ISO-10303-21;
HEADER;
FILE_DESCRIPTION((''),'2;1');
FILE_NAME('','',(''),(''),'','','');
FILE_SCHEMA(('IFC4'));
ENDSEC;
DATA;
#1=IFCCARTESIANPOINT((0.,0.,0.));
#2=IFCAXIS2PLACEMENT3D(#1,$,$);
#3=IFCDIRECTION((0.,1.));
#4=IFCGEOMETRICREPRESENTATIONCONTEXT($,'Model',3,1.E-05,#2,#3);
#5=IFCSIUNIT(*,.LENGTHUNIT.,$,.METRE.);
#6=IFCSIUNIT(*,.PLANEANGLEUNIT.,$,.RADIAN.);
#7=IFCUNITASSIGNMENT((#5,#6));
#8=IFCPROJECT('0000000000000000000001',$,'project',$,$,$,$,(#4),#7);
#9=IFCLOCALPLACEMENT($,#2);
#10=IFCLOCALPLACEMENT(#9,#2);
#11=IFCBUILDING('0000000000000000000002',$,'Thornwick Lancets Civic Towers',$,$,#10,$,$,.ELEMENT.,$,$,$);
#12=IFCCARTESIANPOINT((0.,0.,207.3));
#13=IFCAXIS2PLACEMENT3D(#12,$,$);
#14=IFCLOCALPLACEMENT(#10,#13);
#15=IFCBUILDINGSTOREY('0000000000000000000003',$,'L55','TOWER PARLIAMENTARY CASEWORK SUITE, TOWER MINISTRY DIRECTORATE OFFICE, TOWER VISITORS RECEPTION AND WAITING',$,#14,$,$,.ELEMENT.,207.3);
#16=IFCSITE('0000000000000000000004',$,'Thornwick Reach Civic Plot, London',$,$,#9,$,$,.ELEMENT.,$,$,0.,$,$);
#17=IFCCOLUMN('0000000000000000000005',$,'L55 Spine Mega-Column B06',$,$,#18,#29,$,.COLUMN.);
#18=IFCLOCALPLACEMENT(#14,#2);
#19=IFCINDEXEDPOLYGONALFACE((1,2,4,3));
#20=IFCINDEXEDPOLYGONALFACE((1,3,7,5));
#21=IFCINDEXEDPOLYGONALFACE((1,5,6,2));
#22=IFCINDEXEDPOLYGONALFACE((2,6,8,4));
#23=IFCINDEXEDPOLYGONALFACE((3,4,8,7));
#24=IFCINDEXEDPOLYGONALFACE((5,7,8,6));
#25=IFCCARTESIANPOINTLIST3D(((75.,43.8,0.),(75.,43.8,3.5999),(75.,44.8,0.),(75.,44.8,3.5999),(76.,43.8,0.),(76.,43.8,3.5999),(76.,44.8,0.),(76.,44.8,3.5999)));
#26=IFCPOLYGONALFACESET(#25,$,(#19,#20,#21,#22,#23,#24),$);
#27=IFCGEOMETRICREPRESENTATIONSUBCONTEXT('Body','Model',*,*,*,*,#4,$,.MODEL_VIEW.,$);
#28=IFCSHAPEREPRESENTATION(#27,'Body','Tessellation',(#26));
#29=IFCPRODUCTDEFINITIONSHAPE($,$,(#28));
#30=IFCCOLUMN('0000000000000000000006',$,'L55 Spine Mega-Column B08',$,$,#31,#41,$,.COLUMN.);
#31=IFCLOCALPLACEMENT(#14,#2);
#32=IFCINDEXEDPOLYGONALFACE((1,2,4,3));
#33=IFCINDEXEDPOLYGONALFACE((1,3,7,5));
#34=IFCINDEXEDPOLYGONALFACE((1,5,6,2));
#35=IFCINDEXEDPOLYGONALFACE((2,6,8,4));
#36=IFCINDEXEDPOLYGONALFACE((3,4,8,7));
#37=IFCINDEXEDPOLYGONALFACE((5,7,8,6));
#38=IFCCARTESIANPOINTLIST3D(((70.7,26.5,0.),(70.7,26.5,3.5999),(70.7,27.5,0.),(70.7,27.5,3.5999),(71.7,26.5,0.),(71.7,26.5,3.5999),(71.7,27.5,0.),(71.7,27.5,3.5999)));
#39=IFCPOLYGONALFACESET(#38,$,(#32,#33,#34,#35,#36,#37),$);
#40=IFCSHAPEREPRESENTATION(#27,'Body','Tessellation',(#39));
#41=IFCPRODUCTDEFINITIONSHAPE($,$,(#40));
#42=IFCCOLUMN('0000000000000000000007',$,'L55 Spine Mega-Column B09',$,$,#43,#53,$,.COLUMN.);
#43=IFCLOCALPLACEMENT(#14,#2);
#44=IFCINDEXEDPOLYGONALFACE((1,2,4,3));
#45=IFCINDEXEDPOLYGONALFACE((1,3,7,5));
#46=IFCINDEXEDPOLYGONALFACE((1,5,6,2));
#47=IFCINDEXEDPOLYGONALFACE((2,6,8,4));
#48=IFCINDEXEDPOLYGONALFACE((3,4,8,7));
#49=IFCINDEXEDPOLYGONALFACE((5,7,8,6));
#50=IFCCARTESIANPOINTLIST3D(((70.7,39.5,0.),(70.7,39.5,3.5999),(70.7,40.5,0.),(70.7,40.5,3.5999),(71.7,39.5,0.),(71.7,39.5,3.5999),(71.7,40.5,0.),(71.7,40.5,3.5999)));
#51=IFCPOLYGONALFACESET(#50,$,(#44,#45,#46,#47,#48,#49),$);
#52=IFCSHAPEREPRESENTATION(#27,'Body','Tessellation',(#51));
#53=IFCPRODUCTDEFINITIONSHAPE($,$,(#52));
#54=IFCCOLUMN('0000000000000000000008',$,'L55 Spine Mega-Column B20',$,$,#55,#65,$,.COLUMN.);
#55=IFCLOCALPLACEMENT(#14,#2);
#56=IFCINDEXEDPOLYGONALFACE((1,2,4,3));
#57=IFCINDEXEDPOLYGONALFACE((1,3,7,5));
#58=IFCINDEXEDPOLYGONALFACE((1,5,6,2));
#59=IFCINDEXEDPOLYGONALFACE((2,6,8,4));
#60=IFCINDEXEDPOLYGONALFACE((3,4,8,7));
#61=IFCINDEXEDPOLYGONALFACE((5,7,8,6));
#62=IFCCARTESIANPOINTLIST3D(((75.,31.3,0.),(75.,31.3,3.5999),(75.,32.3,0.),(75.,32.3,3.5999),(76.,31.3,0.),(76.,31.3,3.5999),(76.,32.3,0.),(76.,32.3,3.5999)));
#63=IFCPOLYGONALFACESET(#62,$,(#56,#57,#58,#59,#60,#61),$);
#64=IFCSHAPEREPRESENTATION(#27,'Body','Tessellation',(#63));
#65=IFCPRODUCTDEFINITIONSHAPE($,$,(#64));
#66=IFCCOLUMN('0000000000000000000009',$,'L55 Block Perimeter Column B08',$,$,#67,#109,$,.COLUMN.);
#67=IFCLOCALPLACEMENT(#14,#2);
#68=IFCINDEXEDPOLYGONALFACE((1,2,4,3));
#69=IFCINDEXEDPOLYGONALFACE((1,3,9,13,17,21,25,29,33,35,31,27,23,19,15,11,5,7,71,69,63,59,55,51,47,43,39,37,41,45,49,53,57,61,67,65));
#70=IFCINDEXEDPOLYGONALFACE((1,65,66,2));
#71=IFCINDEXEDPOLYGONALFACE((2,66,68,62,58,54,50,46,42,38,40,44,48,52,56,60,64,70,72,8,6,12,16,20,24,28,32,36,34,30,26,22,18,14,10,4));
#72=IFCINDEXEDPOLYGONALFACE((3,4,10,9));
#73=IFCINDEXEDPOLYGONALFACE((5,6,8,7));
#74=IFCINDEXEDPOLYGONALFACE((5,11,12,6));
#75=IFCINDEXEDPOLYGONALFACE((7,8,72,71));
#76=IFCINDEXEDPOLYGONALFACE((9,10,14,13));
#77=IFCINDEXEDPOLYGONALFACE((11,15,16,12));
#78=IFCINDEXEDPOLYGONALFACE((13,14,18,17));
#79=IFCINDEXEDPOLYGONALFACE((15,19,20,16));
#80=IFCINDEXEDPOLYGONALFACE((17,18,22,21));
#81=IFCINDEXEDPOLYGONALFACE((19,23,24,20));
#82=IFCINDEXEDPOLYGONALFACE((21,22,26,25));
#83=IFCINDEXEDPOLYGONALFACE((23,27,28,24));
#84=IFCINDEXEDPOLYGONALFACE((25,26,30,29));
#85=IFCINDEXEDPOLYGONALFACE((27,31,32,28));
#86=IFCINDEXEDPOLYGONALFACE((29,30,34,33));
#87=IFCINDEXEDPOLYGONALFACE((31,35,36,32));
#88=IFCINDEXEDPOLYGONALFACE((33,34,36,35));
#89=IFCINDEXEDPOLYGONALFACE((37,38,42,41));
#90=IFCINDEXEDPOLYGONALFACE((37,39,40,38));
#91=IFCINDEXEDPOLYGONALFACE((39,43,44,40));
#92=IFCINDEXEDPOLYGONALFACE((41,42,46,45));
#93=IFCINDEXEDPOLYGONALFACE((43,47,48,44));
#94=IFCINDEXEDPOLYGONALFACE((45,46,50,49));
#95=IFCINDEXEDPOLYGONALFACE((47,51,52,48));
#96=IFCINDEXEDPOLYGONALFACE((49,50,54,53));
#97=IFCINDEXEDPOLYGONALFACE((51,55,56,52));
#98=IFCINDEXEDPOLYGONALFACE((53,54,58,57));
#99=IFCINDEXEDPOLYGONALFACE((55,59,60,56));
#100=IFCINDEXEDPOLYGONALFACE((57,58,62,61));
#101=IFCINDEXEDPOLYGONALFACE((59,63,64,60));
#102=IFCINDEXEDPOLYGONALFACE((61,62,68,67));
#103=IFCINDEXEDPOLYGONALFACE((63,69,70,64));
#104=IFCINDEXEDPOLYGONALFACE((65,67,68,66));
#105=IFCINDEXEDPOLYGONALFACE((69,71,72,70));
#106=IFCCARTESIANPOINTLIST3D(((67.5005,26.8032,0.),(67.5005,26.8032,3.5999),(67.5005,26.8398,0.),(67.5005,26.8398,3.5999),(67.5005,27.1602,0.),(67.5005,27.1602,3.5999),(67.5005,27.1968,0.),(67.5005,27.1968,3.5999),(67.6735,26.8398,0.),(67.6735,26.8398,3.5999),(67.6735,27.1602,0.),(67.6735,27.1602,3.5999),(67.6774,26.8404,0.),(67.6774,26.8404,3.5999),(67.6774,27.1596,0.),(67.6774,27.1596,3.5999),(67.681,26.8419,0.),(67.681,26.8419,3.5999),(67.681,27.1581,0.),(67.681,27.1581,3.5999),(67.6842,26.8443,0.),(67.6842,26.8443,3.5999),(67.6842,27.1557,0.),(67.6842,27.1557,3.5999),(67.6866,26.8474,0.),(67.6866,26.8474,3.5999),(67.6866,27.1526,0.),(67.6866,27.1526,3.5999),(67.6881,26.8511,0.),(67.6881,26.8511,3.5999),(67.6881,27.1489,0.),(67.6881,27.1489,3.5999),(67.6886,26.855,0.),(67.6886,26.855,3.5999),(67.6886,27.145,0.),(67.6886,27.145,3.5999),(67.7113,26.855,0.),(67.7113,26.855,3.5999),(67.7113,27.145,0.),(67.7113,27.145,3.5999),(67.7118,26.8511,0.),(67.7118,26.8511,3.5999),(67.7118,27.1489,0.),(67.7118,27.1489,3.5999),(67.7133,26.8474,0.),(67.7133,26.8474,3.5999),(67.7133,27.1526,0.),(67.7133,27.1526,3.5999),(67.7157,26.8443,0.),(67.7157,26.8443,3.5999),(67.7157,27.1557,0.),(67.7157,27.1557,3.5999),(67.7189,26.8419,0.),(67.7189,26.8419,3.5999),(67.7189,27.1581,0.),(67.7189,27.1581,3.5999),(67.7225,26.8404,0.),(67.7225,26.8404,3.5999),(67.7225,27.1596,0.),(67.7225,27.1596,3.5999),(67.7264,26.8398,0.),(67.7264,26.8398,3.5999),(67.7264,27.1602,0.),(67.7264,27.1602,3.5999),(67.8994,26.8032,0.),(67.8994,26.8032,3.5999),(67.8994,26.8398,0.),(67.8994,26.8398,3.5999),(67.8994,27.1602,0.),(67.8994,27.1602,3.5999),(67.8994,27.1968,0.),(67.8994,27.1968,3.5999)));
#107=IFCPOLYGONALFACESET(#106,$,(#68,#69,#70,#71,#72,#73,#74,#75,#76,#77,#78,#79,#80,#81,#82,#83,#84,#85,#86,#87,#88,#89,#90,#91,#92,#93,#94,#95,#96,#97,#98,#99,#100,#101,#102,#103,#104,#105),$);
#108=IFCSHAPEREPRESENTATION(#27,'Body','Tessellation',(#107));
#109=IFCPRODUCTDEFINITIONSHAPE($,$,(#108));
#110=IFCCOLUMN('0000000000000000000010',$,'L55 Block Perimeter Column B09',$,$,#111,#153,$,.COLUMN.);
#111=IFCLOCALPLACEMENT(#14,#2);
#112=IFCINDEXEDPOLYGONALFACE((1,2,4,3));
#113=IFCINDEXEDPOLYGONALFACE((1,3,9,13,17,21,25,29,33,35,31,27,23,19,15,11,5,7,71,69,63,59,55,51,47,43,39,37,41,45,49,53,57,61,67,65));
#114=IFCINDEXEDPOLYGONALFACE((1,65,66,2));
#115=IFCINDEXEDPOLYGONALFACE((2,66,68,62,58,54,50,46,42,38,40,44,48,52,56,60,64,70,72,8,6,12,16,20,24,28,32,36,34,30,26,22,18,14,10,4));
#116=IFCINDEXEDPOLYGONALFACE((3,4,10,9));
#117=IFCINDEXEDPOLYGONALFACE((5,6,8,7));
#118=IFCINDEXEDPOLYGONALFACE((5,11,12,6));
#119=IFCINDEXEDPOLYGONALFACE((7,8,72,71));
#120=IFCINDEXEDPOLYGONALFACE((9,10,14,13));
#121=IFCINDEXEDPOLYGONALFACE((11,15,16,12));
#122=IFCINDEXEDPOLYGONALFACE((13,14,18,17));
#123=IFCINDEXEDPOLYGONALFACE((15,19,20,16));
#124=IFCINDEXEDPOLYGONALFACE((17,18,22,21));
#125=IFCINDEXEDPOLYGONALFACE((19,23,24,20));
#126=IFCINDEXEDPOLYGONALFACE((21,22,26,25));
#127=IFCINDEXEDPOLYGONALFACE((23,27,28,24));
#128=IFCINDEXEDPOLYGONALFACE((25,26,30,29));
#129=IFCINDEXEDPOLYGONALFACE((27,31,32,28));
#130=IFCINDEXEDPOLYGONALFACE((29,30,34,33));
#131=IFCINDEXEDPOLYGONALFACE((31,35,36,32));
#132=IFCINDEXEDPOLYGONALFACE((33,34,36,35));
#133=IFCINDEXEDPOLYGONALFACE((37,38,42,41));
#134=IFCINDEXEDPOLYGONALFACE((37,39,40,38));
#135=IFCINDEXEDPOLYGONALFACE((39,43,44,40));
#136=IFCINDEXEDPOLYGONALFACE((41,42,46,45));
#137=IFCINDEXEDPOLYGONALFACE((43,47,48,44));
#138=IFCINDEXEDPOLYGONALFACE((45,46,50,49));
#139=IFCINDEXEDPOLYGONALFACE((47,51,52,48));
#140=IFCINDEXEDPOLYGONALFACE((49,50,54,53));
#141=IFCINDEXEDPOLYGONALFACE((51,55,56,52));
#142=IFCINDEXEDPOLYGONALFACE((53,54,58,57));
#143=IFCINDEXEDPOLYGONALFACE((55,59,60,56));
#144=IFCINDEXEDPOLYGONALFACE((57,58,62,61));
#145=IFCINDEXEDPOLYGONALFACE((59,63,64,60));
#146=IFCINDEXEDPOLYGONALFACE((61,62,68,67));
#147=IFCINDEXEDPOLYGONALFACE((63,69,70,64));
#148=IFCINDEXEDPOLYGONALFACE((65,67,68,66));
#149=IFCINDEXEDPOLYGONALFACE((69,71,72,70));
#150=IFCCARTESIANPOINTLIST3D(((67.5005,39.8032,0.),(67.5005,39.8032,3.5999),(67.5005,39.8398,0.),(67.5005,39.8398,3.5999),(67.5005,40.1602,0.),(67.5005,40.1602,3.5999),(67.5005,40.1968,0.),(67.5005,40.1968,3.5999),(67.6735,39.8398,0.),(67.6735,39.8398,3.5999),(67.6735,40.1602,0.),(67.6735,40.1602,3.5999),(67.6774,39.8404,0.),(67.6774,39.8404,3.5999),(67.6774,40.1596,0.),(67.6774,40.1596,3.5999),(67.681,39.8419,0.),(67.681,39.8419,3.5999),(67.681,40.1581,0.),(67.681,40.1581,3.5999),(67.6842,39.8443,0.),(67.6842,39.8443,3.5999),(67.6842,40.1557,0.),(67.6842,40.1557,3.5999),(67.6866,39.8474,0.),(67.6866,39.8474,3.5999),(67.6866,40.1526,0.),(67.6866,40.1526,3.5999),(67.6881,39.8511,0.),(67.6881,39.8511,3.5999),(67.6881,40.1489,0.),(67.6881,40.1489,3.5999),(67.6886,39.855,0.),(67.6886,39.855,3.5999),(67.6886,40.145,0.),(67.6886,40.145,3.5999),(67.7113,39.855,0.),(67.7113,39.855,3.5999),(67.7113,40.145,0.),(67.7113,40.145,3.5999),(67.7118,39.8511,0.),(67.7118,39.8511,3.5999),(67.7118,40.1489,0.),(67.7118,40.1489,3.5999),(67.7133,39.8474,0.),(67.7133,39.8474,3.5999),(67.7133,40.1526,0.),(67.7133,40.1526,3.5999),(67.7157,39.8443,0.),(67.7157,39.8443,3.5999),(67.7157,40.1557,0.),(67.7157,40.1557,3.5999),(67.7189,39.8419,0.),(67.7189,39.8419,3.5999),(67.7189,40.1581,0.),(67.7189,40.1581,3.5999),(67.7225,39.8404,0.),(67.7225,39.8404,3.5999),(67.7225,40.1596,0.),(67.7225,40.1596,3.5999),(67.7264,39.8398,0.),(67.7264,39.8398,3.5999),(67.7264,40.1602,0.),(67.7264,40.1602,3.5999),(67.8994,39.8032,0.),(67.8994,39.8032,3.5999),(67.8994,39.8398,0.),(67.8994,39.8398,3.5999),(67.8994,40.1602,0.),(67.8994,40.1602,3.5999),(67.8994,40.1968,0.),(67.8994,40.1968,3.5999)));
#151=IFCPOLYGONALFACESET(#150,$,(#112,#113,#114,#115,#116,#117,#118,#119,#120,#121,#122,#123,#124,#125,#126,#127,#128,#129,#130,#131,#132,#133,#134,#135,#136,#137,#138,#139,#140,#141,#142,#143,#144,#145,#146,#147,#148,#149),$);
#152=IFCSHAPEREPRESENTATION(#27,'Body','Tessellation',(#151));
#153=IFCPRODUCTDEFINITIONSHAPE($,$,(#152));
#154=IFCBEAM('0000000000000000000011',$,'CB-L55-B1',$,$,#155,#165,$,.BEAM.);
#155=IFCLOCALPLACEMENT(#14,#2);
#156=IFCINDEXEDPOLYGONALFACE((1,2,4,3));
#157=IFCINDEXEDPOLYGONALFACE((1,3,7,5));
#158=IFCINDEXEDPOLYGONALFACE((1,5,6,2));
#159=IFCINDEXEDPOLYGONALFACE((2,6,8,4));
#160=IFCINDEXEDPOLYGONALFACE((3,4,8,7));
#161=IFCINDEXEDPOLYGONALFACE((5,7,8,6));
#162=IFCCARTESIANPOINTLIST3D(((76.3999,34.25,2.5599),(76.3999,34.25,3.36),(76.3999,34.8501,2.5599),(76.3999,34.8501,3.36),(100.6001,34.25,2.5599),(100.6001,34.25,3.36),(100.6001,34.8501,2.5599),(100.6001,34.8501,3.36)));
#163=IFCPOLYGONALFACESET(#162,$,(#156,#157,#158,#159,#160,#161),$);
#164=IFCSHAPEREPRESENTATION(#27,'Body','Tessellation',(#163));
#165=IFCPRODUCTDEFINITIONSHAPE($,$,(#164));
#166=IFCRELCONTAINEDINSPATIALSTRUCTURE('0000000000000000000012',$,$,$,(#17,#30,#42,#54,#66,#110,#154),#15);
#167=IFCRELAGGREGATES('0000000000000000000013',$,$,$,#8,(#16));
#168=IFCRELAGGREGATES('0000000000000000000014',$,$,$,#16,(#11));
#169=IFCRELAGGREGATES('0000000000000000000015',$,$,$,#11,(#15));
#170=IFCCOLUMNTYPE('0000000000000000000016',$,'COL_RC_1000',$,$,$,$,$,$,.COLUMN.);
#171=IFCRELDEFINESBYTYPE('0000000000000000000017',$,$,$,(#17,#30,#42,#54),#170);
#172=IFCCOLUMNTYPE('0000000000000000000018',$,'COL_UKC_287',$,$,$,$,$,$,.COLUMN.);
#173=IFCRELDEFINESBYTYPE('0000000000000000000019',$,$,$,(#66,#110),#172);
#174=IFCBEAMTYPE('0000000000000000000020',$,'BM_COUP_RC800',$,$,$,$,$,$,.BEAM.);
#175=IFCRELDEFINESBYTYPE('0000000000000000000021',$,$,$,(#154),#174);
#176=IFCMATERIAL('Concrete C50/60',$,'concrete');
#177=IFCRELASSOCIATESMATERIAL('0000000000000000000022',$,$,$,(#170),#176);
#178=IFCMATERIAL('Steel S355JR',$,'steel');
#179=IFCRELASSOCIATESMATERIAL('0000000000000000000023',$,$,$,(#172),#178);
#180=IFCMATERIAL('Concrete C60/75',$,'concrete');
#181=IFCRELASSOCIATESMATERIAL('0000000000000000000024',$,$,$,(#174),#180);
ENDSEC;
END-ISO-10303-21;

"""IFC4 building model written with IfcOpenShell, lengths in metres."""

from ifc_helpers import new_model, si_unit, direction, frame, origin, origin_2d, place, context, subcontext, project, spatial, rectangle, i_section, extrude, material, material_profile, profile_set, type_object, element, save


model = new_model("IFC4")

# Units and contexts
model_context = context("Model", 3, precision=1e-05, world=origin(), true_north=direction((0.0, 1.0)))
body_context = subcontext(model_context, "Body", "Model", "MODEL_VIEW")
ifc_project = project(units=[si_unit("LENGTHUNIT", "METRE"), si_unit("PLANEANGLEUNIT", "RADIAN")], contexts=[model_context])

# Site, building, storey
site_placement = place(None, origin())
site = spatial("IfcSite", under=ifc_project, at=site_placement, Name="Thornwick Reach Civic Plot, London", CompositionType="ELEMENT", RefElevation=0.0)
building_placement = place(site_placement, origin())
building = spatial("IfcBuilding", under=site, at=building_placement, Name="Thornwick Lancets Civic Towers", CompositionType="ELEMENT")
storey_placement = place(building_placement, frame((0.0, 0.0, 207.3)))
storey = spatial("IfcBuildingStorey", under=building, at=storey_placement, Name="L55", Description="TOWER PARLIAMENTARY CASEWORK SUITE, TOWER MINISTRY DIRECTORATE OFFICE, TOWER VISITORS RECEPTION AND WAITING", CompositionType="ELEMENT", Elevation=207.3)

# Columns
ifc_material_1 = material(Name="Concrete C50/60", Category="concrete")
ifc_material_profile_1 = material_profile(ifc_material_1, rectangle(XDim=1.0, YDim=1.0, at=origin_2d()), Name="RC 1000x1000")
ifc_profile_set_1 = profile_set([ifc_material_profile_1], Name="Concrete C50/60")
column_type_1 = type_object("IfcColumnType", Name="COL_RC_1000", PredefinedType="COLUMN", material=ifc_profile_set_1)
for number, where, z_axis, x_axis, name in (
    (1, (75.5, 44.3, 0.0), (0.0, 0.0, 1.0), (1.0, 0.0, 0.0), "L55 Spine Mega-Column B06"),
    (2, (71.2, 27.0, 0.0), (0.0, 0.0, 1.0), (1.0, 0.0, 0.0), "L55 Spine Mega-Column B08"),
    (3, (71.2, 40.0, 0.0), (0.0, 0.0, 1.0), (1.0, 0.0, 0.0), "L55 Spine Mega-Column B09"),
    (4, (75.5, 31.8, 0.0), (0.0, 0.0, 1.0), (1.0, 0.0, 0.0), "L55 Spine Mega-Column B20"),
):
    element("IfcColumn", number, at=place(storey_placement, frame(where, z_axis=z_axis, x_axis=x_axis)), inside=storey, type_object=column_type_1, Name=name, PredefinedType="COLUMN", context=body_context, shape_type="SweptSolid", body=[
        extrude(rectangle(XDim=1.0, YDim=1.0, at=origin_2d()), origin(), (0.0, 0.0, 1.0), 3.5999),
    ])
ifc_material_2 = material(Name="Steel S355JR", Category="steel")
ifc_material_profile_2 = material_profile(ifc_material_2, i_section(OverallWidth=0.3989, OverallDepth=0.3936, WebThickness=0.0227, FlangeThickness=0.0366, FilletRadius=0.0151, at=origin_2d()), Name="UKC 356x406x287")
ifc_profile_set_2 = profile_set([ifc_material_profile_2], Name="Steel S355JR")
column_type_2 = type_object("IfcColumnType", Name="COL_UKC_287", PredefinedType="COLUMN", material=ifc_profile_set_2)
for number, where, z_axis, x_axis, name in (
    (5, (67.7, 27.0, 0.0), (0.0, 0.0, 1.0), (1.0, 0.0, 0.0), "L55 Block Perimeter Column B08"),
    (6, (67.7, 40.0, 0.0), (0.0, 0.0, 1.0), (1.0, 0.0, 0.0), "L55 Block Perimeter Column B09"),
):
    element("IfcColumn", number, at=place(storey_placement, frame(where, z_axis=z_axis, x_axis=x_axis)), inside=storey, type_object=column_type_2, Name=name, PredefinedType="COLUMN", context=body_context, shape_type="SweptSolid", body=[
        extrude(i_section(OverallWidth=0.3989, OverallDepth=0.3936, WebThickness=0.0227, FlangeThickness=0.0366, FilletRadius=0.0151, at=origin_2d()), origin(), (0.0, 0.0, 1.0), 3.5999),
    ])

# Beam
ifc_material_3 = material(Name="Concrete C60/75", Category="concrete")
ifc_material_profile_3 = material_profile(ifc_material_3, rectangle(XDim=0.6001, YDim=0.8, at=origin_2d()), Name="RC 600x800")
ifc_profile_set_3 = profile_set([ifc_material_profile_3], Name="Concrete C60/75")
beam_type_1 = type_object("IfcBeamType", Name="BM_COUP_RC800", PredefinedType="BEAM", material=ifc_profile_set_3)
beam_1_placement = place(storey_placement, frame((76.3999, 34.55, 2.96), z_axis=(1.0, 0.0, 0.0), x_axis=(0.0, 1.0, 0.0)))
element("IfcBeam", 7, at=beam_1_placement, inside=storey, type_object=beam_type_1, Name="CB-L55-B1", PredefinedType="BEAM", context=body_context, shape_type="SweptSolid", body=[
    extrude(rectangle(XDim=0.6001, YDim=0.8, at=origin_2d()), origin(), (0.0, 0.0, 1.0), 24.2002),
])

save(model, "model.ifc")
